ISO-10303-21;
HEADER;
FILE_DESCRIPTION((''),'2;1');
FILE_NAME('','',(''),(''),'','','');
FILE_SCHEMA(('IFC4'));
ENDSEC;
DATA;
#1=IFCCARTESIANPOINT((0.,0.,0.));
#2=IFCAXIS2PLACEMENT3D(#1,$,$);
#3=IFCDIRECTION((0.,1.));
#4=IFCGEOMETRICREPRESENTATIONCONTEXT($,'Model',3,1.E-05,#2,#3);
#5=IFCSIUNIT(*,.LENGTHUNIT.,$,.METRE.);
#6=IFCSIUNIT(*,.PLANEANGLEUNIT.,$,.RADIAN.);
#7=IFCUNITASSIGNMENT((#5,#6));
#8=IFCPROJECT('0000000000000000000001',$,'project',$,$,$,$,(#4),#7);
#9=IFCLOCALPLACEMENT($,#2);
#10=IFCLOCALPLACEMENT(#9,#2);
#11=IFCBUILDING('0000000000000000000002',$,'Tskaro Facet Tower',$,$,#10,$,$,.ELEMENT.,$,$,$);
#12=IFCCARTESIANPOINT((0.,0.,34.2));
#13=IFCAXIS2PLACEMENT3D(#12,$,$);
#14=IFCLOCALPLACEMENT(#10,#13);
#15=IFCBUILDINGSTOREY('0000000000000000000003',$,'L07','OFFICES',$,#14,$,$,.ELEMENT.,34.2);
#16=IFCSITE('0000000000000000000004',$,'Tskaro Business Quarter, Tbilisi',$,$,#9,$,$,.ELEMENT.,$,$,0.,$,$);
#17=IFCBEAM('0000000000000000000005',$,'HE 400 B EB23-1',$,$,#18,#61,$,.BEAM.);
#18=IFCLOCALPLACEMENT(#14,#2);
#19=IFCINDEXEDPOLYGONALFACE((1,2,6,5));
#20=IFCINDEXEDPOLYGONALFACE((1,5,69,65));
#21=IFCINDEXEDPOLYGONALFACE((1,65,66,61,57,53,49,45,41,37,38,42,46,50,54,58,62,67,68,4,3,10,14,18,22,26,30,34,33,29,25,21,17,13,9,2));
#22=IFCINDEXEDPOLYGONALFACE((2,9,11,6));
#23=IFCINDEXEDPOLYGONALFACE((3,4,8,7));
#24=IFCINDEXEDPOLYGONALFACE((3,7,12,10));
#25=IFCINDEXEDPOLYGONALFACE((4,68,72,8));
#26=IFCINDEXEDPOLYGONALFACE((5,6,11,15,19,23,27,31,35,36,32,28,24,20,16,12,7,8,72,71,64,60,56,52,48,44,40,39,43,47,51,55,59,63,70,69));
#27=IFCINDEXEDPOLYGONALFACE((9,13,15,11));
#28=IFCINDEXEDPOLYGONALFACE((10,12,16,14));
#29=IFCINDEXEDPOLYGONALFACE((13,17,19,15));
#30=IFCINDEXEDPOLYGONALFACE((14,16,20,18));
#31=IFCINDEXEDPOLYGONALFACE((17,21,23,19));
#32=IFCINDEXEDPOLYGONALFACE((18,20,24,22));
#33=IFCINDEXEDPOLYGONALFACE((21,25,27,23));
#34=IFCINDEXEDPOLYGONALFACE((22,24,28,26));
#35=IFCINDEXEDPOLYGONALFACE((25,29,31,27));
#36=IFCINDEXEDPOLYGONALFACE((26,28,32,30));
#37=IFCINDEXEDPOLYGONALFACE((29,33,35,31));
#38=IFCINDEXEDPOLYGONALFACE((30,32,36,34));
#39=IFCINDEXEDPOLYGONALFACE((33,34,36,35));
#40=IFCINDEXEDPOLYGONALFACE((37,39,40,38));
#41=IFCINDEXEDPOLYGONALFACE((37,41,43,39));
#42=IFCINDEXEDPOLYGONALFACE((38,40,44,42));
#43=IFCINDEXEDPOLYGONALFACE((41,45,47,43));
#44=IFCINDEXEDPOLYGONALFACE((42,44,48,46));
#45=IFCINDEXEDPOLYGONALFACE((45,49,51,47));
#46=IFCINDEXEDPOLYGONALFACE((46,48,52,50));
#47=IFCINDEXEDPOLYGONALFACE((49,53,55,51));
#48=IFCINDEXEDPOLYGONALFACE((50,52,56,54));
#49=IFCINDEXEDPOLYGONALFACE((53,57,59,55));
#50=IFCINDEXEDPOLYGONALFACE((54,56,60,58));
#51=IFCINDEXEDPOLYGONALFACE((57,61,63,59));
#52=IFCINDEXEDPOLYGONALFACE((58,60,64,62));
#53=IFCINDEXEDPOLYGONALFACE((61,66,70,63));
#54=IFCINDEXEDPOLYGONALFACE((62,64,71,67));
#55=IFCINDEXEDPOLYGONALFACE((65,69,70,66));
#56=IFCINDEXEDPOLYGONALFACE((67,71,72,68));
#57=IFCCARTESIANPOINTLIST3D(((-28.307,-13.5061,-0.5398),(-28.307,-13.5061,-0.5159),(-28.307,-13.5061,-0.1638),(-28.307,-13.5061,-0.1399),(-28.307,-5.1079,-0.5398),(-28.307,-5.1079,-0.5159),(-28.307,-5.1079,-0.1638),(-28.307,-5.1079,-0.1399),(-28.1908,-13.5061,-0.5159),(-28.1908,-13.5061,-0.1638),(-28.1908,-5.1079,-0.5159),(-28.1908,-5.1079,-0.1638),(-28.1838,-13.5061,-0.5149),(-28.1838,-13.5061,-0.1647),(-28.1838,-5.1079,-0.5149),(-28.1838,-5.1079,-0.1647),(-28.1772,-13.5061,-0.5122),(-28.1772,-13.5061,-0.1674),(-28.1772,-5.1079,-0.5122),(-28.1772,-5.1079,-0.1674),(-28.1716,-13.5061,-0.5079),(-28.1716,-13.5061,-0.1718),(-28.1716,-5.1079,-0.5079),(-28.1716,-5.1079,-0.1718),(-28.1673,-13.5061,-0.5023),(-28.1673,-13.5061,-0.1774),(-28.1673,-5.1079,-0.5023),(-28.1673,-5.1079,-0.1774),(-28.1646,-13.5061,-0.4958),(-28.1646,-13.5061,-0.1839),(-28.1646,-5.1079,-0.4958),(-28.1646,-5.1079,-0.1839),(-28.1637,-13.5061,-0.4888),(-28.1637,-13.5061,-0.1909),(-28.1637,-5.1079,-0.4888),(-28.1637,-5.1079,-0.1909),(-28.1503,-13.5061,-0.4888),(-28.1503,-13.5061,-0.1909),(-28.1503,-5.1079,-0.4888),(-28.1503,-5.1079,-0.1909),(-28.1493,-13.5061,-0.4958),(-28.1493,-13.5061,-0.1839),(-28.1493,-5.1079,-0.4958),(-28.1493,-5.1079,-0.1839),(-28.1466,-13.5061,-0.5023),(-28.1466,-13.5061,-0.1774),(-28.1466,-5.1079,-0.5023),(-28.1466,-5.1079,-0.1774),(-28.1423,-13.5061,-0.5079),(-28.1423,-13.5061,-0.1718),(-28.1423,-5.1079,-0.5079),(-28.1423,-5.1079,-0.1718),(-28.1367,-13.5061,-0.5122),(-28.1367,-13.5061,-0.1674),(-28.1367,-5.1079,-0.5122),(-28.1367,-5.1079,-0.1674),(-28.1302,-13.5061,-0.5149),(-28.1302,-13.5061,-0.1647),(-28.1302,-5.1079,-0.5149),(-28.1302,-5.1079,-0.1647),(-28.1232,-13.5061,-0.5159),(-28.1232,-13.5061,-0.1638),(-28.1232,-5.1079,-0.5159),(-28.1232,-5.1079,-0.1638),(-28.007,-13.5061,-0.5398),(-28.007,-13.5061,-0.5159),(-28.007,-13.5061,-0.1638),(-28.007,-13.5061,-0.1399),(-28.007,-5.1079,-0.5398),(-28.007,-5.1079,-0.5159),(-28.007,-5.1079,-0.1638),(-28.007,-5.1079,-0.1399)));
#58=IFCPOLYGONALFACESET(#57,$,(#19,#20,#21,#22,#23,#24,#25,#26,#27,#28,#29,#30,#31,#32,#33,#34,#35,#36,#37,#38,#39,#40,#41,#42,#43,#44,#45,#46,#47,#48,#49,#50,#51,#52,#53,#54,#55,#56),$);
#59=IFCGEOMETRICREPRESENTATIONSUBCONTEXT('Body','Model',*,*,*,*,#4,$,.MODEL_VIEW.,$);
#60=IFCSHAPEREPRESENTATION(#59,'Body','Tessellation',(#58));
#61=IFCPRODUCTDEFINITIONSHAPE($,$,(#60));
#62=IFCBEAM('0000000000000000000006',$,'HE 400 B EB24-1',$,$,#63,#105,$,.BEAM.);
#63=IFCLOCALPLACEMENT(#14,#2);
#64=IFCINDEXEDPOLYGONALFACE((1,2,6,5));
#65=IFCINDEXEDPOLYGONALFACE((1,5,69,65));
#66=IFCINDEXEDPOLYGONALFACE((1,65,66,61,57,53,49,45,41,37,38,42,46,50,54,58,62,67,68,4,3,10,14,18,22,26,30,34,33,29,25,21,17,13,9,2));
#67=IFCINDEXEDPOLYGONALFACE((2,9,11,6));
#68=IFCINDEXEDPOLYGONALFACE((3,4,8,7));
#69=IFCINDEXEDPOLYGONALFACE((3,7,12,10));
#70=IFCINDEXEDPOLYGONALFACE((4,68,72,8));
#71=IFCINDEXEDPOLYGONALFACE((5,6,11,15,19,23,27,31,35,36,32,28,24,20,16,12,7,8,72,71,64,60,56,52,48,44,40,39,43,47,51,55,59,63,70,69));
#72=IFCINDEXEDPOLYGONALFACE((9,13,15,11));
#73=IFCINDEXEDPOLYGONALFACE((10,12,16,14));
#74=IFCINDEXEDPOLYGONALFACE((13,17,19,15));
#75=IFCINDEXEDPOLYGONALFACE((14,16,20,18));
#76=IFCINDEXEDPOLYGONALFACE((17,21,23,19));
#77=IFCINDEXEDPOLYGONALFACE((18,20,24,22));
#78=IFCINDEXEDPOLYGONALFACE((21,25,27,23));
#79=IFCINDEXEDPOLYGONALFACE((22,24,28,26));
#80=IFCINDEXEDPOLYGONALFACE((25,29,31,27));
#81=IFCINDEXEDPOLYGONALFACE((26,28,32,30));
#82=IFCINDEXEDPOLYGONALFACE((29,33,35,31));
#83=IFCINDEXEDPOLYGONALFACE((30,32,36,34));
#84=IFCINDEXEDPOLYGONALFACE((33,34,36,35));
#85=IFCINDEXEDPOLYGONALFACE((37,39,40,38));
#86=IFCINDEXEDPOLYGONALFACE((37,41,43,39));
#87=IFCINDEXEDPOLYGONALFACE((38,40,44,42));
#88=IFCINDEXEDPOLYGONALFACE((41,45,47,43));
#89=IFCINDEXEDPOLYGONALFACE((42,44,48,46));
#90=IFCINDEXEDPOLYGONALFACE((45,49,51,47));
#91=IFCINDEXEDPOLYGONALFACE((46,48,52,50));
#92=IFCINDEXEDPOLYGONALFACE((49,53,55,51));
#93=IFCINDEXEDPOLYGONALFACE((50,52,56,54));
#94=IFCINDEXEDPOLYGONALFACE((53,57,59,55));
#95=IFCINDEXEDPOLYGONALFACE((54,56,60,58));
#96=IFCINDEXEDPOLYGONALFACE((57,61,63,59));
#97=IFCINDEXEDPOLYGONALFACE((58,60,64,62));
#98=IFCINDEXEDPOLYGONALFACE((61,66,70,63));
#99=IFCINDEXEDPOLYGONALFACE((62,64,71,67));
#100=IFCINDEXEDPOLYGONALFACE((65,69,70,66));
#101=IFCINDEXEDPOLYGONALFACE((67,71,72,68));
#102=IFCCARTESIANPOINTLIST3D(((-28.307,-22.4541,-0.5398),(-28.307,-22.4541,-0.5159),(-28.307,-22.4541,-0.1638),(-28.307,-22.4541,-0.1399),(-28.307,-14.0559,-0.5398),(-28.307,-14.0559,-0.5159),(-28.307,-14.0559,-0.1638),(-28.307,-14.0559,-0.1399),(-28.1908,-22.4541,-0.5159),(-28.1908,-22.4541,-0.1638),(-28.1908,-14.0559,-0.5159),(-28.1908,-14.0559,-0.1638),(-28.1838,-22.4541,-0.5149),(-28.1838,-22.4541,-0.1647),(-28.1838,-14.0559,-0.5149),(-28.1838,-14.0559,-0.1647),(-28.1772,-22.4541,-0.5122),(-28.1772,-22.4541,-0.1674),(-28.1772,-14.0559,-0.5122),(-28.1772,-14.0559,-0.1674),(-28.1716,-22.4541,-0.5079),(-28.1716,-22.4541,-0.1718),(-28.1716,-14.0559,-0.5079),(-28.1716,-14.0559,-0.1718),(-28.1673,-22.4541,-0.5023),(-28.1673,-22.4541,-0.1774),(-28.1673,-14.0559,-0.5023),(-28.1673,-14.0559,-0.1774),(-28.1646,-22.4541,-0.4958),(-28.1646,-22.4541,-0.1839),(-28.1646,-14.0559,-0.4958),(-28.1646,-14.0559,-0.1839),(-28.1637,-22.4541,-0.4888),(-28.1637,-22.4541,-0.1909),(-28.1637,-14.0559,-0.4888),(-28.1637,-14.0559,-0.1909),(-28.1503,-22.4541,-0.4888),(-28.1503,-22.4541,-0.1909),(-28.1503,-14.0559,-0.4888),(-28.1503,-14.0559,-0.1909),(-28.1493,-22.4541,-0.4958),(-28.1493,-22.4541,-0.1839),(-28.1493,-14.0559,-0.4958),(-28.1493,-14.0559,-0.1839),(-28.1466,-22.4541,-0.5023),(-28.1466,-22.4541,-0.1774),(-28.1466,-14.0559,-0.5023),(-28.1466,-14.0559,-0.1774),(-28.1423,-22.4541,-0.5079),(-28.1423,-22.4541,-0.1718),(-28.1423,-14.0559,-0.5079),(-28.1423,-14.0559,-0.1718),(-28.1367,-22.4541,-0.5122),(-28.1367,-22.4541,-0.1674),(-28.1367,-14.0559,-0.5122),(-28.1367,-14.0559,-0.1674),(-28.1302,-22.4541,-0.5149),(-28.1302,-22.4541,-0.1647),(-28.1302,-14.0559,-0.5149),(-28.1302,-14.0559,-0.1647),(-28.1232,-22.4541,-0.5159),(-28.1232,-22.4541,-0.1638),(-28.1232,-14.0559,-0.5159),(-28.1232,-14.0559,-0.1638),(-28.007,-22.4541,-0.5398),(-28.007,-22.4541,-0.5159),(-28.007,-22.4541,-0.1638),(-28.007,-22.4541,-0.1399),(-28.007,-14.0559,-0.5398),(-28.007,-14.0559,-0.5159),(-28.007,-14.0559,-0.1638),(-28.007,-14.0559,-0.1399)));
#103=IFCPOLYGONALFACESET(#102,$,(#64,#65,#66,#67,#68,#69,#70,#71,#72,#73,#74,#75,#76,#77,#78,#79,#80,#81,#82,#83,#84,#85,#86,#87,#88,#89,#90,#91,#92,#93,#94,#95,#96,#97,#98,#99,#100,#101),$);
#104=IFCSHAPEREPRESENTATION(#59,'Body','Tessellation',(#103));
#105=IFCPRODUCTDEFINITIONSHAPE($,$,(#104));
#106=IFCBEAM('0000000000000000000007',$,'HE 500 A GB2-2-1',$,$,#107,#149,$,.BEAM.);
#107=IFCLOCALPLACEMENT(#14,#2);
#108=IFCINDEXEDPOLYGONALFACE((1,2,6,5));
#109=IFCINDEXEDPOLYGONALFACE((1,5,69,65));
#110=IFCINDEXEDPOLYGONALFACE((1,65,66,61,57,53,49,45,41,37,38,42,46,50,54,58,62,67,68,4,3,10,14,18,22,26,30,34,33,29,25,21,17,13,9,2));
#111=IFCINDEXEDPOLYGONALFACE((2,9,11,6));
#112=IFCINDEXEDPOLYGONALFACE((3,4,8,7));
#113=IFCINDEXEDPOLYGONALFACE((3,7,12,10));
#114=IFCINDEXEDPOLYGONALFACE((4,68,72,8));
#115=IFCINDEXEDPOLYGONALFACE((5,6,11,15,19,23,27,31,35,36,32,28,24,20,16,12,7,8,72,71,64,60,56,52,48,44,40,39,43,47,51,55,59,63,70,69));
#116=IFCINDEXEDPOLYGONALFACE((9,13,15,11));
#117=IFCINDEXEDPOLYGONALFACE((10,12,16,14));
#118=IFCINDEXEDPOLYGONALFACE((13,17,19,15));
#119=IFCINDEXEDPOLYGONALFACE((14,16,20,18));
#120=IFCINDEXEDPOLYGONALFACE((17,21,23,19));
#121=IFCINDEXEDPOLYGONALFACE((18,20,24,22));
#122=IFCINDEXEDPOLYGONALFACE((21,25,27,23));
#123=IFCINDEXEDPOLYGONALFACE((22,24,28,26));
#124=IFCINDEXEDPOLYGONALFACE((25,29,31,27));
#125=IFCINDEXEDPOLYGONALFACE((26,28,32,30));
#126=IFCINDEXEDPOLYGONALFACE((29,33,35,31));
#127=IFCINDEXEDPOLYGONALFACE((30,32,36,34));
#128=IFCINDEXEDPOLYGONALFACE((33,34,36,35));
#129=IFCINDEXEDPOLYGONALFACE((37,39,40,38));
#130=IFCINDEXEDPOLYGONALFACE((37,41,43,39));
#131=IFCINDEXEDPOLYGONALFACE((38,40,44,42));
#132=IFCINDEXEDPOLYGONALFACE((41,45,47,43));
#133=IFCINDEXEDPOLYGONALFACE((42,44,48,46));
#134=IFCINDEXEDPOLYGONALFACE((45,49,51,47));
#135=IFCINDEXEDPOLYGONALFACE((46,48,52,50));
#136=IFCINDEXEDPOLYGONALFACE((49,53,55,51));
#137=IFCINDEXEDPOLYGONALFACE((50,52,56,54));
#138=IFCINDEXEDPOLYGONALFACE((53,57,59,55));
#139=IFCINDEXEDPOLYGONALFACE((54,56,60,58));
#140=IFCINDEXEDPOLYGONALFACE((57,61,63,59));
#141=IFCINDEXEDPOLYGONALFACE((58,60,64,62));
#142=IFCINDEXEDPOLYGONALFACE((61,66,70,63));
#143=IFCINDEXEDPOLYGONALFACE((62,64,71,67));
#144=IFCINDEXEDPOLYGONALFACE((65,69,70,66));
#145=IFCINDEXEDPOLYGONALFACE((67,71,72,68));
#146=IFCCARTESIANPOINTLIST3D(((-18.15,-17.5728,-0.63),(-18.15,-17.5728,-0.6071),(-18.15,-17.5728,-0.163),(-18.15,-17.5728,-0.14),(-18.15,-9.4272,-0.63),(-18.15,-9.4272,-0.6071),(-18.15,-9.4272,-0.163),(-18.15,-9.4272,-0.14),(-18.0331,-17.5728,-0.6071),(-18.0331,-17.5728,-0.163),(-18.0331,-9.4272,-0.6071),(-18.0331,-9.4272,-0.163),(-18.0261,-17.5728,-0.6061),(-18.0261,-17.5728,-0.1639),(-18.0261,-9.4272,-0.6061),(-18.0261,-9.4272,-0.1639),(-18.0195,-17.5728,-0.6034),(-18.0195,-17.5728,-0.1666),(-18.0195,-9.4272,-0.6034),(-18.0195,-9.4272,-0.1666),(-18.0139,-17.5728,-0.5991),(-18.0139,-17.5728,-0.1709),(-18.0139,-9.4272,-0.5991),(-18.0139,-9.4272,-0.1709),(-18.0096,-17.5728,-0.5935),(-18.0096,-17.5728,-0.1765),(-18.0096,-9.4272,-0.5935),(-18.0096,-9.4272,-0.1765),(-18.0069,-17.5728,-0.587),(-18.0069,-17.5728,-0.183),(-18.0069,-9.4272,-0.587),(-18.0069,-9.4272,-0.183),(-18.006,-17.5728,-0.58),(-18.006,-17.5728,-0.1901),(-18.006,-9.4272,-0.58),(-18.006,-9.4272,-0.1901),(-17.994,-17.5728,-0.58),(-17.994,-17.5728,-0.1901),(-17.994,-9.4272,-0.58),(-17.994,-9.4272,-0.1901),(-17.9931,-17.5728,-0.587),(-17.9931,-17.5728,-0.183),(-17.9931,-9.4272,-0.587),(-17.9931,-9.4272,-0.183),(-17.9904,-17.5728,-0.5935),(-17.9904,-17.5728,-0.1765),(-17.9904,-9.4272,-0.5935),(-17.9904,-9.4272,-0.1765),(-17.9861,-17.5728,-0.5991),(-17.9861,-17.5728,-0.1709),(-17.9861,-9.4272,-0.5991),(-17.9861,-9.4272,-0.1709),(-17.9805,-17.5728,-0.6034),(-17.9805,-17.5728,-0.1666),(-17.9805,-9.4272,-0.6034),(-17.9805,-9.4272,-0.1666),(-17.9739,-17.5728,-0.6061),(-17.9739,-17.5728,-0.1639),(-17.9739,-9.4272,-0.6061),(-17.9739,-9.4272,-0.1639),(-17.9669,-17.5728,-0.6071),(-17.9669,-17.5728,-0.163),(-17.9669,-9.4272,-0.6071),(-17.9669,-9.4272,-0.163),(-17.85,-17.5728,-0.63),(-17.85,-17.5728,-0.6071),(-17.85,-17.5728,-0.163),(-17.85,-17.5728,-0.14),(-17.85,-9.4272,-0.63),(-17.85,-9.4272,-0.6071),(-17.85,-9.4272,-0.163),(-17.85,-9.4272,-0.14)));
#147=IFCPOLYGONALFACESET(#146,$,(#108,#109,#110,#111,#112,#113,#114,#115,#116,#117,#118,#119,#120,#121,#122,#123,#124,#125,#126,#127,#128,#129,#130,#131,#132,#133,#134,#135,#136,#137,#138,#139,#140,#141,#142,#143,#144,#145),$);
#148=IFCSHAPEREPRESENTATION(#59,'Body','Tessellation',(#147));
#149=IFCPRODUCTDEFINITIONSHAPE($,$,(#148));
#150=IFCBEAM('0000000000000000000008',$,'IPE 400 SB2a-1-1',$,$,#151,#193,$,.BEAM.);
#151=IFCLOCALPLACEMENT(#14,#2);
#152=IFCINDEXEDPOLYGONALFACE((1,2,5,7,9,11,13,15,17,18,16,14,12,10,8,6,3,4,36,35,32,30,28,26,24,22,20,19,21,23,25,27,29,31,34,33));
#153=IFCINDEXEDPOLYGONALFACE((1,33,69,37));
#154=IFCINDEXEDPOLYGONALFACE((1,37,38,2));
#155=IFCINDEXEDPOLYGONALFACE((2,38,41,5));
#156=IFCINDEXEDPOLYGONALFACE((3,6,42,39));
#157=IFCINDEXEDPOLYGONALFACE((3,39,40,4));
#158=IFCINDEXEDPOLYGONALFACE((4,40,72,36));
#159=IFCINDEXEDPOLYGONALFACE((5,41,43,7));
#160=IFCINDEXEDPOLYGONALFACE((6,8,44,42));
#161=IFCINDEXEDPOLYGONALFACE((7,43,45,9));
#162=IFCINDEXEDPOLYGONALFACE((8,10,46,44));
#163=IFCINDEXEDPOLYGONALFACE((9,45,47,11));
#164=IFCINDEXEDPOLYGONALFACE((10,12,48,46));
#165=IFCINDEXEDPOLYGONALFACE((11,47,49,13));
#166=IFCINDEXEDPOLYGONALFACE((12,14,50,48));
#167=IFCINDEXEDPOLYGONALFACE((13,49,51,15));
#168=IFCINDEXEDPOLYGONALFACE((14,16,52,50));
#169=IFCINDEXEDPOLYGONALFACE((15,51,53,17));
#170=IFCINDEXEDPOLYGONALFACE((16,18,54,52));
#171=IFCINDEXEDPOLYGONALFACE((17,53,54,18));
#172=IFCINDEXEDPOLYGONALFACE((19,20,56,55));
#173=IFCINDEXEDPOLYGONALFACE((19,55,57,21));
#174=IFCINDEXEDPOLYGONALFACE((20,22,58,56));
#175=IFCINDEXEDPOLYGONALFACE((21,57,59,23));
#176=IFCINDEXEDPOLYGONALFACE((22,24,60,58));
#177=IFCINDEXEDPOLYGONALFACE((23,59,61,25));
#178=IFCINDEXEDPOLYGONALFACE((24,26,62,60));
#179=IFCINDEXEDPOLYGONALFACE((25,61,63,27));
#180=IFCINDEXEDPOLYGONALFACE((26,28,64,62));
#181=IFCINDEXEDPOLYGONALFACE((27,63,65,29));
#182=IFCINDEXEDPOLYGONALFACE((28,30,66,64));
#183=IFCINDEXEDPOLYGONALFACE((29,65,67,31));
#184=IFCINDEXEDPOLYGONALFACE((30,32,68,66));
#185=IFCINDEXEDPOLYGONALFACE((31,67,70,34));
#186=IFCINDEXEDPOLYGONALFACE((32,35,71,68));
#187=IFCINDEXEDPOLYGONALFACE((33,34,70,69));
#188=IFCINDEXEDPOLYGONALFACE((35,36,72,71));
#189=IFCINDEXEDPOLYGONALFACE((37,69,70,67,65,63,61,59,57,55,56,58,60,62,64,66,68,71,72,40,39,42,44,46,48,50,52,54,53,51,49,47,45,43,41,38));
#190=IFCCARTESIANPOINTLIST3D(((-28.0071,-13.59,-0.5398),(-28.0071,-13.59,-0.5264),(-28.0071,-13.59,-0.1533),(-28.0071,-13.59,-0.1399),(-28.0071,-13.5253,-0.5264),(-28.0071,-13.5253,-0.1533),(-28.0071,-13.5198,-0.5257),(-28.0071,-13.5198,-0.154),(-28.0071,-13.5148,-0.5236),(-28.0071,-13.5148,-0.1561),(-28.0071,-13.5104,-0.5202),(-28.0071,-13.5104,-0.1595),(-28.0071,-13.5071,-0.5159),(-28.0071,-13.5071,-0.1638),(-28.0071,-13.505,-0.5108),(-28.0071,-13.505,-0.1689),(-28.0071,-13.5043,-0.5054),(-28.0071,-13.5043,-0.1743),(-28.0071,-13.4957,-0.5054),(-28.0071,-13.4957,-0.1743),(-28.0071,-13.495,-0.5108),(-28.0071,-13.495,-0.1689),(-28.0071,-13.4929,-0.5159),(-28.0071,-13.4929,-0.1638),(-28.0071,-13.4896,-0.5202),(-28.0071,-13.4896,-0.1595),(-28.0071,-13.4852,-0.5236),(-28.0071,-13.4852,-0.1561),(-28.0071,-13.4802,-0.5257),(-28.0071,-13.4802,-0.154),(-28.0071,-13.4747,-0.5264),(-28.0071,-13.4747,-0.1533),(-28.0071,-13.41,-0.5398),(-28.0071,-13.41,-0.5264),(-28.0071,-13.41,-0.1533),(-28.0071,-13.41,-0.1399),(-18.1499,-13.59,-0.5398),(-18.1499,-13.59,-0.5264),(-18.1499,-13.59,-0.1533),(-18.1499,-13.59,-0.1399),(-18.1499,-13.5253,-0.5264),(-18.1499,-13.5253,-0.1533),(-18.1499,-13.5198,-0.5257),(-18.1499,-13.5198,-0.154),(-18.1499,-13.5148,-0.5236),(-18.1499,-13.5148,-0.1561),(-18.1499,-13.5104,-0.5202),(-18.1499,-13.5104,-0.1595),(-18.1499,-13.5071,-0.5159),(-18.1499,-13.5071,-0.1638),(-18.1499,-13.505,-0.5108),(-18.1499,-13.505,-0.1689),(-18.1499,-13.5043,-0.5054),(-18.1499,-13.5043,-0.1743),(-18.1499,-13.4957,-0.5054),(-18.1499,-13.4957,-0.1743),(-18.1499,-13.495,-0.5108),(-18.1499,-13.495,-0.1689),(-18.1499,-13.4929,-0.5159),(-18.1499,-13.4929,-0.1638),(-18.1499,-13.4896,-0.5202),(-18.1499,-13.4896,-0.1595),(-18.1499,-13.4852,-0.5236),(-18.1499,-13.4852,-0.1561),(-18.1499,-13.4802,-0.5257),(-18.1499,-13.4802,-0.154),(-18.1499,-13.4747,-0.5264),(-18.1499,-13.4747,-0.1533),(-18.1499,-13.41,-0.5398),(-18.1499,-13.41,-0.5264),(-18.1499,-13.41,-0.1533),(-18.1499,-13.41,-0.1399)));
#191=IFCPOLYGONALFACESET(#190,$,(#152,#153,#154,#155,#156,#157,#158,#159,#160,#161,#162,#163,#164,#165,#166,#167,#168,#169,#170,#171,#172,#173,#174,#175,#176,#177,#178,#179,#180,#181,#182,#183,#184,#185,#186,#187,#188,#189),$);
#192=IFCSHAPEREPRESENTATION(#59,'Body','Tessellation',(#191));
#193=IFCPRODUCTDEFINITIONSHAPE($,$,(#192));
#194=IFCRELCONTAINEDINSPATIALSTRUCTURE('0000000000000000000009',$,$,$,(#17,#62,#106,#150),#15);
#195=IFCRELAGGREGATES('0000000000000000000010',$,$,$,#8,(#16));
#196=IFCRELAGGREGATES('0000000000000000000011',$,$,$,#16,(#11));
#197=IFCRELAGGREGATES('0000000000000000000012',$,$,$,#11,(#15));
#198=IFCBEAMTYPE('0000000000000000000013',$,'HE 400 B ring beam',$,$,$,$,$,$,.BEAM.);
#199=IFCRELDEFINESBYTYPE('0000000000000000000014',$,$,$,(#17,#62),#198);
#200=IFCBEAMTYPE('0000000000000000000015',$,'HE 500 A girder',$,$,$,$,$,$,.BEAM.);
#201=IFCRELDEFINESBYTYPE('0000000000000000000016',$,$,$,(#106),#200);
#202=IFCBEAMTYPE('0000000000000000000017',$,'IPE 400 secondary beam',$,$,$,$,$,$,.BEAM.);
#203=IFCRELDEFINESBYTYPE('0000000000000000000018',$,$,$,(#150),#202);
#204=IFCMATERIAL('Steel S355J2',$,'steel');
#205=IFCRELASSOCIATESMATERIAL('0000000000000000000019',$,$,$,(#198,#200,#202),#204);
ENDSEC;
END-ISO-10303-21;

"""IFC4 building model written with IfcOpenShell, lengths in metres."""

from ifc_helpers import new_model, si_unit, direction, frame, origin, origin_2d, place, context, subcontext, project, spatial, i_section, extrude, material, material_profile, profile_set, type_object, element, save


model = new_model("IFC4")

# Units and contexts
model_context = context("Model", 3, precision=1e-05, world=origin(), true_north=direction((0.0, 1.0)))
body_context = subcontext(model_context, "Body", "Model", "MODEL_VIEW")
ifc_project = project(units=[si_unit("LENGTHUNIT", "METRE"), si_unit("PLANEANGLEUNIT", "RADIAN")], contexts=[model_context])

# Site, building, storey
site_placement = place(None, origin())
site = spatial("IfcSite", under=ifc_project, at=site_placement, Name="Tskaro Business Quarter, Tbilisi", CompositionType="ELEMENT", RefElevation=0.0)
building_placement = place(site_placement, origin())
building = spatial("IfcBuilding", under=site, at=building_placement, Name="Tskaro Facet Tower", CompositionType="ELEMENT")
storey_placement = place(building_placement, frame((0.0, 0.0, 34.2)))
storey = spatial("IfcBuildingStorey", under=building, at=storey_placement, Name="L07", Description="OFFICES", CompositionType="ELEMENT", Elevation=34.2)

# Beams
ifc_material_1 = material(Name="Steel S355J2", Category="steel")
ifc_material_profile_1 = material_profile(ifc_material_1, i_section(OverallWidth=0.3, OverallDepth=0.3999, WebThickness=0.0134, FlangeThickness=0.0239, FilletRadius=0.0271, at=origin_2d()), Name="HE 400 B")
ifc_profile_set_1 = profile_set([ifc_material_profile_1], Name="Steel S355J2")
beam_type_1 = type_object("IfcBeamType", Name="HE 400 B ring beam", PredefinedType="BEAM", material=ifc_profile_set_1)
for number, where, z_axis, x_axis, name in (
    (1, (-28.157, -5.1079, -0.3398), (0.0, -1.0, 0.0), (1.0, 0.0, 0.0), "HE 400 B EB23-1"),
    (2, (-28.157, -14.0559, -0.3398), (0.0, -1.0, 0.0), (1.0, 0.0, 0.0), "HE 400 B EB24-1"),
):
    element("IfcBeam", number, at=place(storey_placement, frame(where, z_axis=z_axis, x_axis=x_axis)), inside=storey, type_object=beam_type_1, Name=name, PredefinedType="BEAM", context=body_context, shape_type="SweptSolid", body=[
        extrude(i_section(OverallWidth=0.3, OverallDepth=0.3999, WebThickness=0.0134, FlangeThickness=0.0239, FilletRadius=0.0271, at=origin_2d()), origin(), (0.0, 0.0, 1.0), 8.3982),
    ])
ifc_material_profile_2 = material_profile(ifc_material_1, i_section(OverallWidth=0.3, OverallDepth=0.49, WebThickness=0.012, FlangeThickness=0.0229, FilletRadius=0.0271, at=origin_2d()), Name="HE 500 A")
ifc_profile_set_2 = profile_set([ifc_material_profile_2], Name="Steel S355J2")
beam_type_2 = type_object("IfcBeamType", Name="HE 500 A girder", PredefinedType="BEAM", material=ifc_profile_set_2)
beam_placement = place(storey_placement, frame((-18.0, -17.5728, -0.385), z_axis=(0.0, 1.0, 0.0), x_axis=(-1.0, 0.0, 0.0)))
element("IfcBeam", 3, at=beam_placement, inside=storey, type_object=beam_type_2, Name="HE 500 A GB2-2-1", PredefinedType="BEAM", context=body_context, shape_type="SweptSolid", body=[
    extrude(i_section(OverallWidth=0.3, OverallDepth=0.49, WebThickness=0.012, FlangeThickness=0.0229, FilletRadius=0.0271, at=origin_2d()), origin(), (0.0, 0.0, 1.0), 8.1455),
])
ifc_material_profile_3 = material_profile(ifc_material_1, i_section(OverallWidth=0.1799, OverallDepth=0.3999, WebThickness=0.0085, FlangeThickness=0.0134, FilletRadius=0.021, at=origin_2d()), Name="IPE 400")
ifc_profile_set_3 = profile_set([ifc_material_profile_3], Name="Steel S355J2")
beam_type_3 = type_object("IfcBeamType", Name="IPE 400 secondary beam", PredefinedType="BEAM", material=ifc_profile_set_3)
for number, where, z_axis, x_axis, name in (
    (4, (-28.0071, -13.5, -0.3398), (1.0, 0.0, 0.0), (0.0, 1.0, 0.0), "IPE 400 SB2a-1-1"),
):
    element("IfcBeam", number, at=place(storey_placement, frame(where, z_axis=z_axis, x_axis=x_axis)), inside=storey, type_object=beam_type_3, Name=name, PredefinedType="BEAM", context=body_context, shape_type="SweptSolid", body=[
        extrude(i_section(OverallWidth=0.1799, OverallDepth=0.3999, WebThickness=0.0085, FlangeThickness=0.0134, FilletRadius=0.021, at=origin_2d()), origin(), (0.0, 0.0, 1.0), 9.8572),
    ])

save(model, "model.ifc")
